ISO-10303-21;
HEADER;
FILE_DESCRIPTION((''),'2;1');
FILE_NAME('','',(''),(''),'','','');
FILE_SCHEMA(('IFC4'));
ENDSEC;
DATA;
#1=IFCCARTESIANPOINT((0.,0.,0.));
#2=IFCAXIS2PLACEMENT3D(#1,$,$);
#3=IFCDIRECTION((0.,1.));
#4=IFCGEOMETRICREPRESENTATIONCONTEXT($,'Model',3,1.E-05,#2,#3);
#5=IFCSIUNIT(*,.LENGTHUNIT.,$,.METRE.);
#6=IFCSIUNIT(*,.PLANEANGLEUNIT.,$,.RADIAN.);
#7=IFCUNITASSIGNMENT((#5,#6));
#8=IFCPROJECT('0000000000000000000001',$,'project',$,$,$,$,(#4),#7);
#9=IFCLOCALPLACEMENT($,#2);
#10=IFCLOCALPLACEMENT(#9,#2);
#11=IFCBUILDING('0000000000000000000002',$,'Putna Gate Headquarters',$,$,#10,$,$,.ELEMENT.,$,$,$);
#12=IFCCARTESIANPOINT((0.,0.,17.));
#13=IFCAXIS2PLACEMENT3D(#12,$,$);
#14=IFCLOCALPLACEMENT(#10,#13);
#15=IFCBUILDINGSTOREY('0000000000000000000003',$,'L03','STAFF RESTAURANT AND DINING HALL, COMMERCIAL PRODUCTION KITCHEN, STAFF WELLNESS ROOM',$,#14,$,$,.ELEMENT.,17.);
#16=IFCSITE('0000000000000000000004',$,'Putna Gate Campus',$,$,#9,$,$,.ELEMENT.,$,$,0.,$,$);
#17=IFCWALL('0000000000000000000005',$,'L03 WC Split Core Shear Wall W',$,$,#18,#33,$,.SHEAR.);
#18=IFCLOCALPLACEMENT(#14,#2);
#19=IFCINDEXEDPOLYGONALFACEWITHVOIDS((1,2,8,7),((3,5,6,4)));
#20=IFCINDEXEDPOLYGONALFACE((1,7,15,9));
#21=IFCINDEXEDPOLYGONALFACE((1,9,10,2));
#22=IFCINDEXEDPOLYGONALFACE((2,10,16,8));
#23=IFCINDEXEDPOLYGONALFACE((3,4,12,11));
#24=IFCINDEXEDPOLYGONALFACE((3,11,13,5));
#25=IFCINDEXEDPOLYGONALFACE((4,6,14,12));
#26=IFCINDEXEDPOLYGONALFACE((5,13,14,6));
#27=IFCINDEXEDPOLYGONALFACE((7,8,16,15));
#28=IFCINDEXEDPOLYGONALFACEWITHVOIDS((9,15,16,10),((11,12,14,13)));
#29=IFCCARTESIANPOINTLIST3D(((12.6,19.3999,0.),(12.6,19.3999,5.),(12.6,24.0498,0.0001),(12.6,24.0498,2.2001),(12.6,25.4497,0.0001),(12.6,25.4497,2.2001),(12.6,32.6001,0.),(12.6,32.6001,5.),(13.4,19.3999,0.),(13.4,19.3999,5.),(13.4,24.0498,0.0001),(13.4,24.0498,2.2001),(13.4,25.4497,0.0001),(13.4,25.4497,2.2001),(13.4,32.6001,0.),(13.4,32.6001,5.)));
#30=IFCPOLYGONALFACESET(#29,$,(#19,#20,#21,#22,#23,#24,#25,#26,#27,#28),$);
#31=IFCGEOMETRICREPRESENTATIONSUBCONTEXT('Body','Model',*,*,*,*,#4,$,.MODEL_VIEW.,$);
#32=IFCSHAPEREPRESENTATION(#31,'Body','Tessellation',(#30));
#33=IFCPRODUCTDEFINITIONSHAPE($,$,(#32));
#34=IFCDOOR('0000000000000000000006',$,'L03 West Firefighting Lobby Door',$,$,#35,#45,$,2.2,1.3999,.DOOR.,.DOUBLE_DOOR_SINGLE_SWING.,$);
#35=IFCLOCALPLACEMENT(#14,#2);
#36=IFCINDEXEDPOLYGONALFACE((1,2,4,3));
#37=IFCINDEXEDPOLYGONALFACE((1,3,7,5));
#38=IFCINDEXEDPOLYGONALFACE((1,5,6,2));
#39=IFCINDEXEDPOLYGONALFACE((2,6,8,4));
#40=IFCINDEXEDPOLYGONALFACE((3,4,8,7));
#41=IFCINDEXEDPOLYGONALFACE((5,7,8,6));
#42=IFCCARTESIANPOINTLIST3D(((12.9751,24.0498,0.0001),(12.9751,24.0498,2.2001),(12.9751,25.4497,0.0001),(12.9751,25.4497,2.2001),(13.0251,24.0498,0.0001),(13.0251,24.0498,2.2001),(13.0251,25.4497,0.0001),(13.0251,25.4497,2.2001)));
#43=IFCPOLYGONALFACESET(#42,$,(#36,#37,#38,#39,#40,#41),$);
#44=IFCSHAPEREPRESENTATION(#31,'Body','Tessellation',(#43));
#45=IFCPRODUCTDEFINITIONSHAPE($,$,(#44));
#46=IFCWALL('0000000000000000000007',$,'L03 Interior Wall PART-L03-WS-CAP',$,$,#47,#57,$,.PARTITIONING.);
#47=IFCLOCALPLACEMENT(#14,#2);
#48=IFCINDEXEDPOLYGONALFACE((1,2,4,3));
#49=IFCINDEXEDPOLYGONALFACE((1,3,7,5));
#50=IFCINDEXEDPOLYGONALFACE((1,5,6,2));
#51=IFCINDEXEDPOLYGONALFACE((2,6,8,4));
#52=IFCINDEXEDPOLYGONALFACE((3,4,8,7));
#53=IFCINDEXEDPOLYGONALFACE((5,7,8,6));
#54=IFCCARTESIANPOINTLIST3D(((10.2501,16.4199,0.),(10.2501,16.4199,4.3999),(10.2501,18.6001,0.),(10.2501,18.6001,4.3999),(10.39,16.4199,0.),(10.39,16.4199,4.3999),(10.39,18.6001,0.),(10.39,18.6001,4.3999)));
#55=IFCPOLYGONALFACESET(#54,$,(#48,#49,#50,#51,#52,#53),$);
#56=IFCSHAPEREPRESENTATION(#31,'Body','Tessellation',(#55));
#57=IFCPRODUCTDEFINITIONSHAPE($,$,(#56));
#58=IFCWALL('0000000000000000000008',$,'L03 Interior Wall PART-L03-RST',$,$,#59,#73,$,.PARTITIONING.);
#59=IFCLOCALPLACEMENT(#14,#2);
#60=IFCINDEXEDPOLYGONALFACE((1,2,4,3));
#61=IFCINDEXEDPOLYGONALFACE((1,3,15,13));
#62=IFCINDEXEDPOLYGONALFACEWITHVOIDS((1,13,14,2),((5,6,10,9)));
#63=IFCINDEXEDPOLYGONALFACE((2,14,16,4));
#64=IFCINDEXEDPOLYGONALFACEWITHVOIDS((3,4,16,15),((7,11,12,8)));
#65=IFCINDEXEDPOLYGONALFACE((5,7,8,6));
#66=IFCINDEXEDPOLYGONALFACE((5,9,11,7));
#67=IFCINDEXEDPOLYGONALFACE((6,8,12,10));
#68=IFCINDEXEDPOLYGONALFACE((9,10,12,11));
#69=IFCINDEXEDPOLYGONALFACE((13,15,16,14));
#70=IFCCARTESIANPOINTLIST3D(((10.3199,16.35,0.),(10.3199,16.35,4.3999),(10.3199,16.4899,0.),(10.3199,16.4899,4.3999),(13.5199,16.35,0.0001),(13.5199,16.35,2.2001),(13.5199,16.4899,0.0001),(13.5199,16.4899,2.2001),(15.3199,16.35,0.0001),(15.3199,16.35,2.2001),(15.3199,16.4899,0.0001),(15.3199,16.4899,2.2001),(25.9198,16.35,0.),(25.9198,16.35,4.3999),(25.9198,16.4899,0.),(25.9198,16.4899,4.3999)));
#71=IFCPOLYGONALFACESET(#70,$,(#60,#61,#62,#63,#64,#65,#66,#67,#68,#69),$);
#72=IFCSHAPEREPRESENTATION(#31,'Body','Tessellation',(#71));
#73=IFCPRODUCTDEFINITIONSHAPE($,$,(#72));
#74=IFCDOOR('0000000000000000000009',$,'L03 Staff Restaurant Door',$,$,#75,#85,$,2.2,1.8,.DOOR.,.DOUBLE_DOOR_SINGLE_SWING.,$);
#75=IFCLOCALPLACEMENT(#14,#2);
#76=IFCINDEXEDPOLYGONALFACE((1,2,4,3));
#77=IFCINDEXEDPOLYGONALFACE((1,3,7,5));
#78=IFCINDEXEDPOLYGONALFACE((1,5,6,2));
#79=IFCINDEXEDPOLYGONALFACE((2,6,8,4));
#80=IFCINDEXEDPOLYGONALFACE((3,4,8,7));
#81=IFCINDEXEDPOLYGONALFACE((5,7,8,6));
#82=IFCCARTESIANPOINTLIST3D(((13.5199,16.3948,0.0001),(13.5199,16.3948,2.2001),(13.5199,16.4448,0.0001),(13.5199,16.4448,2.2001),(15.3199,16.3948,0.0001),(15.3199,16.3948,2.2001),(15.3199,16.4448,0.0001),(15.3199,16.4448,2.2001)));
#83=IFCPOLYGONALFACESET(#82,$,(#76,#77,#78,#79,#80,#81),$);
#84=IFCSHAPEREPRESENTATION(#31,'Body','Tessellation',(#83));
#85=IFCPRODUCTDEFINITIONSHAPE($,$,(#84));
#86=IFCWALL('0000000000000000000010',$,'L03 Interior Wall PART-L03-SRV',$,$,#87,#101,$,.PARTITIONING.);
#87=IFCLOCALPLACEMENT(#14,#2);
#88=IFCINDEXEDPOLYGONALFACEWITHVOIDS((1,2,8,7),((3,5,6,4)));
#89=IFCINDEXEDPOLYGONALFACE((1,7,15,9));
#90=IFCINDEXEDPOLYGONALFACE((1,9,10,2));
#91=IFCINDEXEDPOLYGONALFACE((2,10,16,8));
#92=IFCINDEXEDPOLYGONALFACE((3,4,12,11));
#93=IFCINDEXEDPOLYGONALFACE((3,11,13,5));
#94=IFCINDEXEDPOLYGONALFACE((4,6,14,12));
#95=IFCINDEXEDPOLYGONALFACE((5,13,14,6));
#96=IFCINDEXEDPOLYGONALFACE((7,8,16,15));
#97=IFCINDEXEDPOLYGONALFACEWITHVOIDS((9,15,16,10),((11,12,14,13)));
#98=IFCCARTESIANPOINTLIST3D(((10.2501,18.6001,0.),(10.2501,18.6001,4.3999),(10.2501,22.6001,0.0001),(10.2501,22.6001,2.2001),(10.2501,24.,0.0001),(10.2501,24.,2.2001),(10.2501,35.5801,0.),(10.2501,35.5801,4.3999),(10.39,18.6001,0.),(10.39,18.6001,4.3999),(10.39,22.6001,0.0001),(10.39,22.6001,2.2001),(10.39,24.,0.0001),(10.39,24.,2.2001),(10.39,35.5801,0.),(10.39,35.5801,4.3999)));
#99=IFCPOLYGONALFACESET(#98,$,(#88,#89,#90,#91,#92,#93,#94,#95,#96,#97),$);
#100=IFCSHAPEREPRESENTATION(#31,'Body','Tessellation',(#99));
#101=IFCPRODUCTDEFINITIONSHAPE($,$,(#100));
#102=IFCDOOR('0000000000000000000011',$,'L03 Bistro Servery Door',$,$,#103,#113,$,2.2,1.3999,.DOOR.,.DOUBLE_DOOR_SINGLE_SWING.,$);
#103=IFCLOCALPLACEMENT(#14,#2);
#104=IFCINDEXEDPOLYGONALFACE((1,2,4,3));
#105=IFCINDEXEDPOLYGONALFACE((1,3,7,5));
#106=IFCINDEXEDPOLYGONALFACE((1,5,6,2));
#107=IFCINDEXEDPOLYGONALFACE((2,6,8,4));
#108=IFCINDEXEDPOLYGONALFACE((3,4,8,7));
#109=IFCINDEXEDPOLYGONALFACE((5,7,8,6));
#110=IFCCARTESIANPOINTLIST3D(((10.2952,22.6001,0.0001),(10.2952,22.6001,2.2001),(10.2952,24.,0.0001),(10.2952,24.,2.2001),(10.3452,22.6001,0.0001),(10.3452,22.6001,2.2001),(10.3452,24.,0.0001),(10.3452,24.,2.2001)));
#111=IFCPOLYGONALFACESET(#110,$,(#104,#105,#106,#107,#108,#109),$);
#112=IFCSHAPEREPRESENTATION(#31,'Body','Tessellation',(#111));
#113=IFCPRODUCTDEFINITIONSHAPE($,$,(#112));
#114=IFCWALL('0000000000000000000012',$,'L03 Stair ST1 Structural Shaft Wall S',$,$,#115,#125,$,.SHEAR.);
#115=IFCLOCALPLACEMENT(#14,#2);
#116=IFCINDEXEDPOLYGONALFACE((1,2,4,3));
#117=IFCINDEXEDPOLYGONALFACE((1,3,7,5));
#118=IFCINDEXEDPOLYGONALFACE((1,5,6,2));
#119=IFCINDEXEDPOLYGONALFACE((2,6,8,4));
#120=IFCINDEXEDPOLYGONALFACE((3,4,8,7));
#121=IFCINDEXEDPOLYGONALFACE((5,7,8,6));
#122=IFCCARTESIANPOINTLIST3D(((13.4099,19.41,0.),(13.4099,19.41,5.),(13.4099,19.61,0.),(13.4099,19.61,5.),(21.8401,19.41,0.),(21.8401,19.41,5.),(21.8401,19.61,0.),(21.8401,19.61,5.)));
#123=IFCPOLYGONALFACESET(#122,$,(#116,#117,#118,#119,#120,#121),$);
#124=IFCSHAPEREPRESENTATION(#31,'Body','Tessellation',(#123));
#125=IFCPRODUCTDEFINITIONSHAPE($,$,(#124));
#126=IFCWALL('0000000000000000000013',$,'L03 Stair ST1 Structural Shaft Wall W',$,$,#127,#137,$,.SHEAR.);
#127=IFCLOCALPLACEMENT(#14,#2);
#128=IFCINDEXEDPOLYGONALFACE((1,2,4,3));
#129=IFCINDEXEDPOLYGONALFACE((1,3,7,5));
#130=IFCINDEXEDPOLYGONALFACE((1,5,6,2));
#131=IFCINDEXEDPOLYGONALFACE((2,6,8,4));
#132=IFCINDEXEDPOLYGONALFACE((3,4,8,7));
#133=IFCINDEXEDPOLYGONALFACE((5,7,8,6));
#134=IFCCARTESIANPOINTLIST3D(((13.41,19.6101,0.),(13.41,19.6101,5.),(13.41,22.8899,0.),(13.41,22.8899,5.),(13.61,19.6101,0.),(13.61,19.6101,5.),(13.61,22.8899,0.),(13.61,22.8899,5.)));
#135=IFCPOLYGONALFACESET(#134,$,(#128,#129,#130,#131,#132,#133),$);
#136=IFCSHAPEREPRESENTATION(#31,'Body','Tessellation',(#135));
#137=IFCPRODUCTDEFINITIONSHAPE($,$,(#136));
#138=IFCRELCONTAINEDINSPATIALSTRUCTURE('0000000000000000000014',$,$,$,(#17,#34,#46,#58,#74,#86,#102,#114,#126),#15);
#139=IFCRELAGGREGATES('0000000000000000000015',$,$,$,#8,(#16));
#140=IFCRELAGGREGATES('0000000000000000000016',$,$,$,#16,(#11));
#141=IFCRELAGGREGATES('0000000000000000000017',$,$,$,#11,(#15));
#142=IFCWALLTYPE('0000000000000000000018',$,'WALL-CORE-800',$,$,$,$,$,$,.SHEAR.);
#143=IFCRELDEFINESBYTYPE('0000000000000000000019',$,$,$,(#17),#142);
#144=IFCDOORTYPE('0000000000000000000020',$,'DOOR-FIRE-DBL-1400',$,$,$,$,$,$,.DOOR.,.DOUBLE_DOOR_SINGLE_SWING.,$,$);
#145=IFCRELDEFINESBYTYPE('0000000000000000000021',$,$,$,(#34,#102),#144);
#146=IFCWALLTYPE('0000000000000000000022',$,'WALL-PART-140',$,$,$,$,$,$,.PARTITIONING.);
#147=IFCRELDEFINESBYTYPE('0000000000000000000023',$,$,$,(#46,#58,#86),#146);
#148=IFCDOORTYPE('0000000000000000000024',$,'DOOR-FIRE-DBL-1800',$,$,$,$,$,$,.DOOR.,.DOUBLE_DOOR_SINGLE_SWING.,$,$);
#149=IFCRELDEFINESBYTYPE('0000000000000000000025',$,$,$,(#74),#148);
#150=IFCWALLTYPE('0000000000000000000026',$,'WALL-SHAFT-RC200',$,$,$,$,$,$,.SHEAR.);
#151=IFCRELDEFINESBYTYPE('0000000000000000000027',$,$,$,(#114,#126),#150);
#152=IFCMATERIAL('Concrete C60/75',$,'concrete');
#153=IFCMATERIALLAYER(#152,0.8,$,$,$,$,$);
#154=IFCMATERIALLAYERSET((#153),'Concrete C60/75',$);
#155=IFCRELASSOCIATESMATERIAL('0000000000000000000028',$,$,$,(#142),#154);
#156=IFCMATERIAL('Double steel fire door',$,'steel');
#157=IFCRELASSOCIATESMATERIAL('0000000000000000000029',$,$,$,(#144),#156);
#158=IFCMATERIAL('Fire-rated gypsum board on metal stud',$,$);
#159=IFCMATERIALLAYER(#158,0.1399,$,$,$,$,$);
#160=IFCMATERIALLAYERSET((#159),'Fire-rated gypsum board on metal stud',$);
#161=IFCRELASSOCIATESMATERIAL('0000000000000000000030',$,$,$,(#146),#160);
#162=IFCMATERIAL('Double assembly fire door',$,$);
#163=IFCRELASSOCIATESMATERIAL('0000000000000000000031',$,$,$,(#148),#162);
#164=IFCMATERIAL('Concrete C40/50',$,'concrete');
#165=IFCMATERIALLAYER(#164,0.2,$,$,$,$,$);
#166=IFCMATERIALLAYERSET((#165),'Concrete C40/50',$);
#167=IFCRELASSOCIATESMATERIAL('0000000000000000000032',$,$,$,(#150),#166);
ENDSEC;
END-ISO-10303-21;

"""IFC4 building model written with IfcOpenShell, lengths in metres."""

from ifc_helpers import new_model, si_unit, direction, frame, frame_2d, origin, place, context, subcontext, project, spatial, rectangle, extrude, material, layer, layer_set, type_object, element, fill, save


model = new_model("IFC4")

# Units and contexts
model_context = context("Model", 3, precision=1e-05, world=origin(), true_north=direction((0.0, 1.0)))
body_context = subcontext(model_context, "Body", "Model", "MODEL_VIEW")
ifc_project = project(units=[si_unit("LENGTHUNIT", "METRE"), si_unit("PLANEANGLEUNIT", "RADIAN")], contexts=[model_context])

# Site, building, storey
site_placement = place(None, origin())
site = spatial("IfcSite", under=ifc_project, at=site_placement, Name="Putna Gate Campus", CompositionType="ELEMENT", RefElevation=0.0)
building_placement = place(site_placement, origin())
building = spatial("IfcBuilding", under=site, at=building_placement, Name="Putna Gate Headquarters", CompositionType="ELEMENT")
storey_placement = place(building_placement, frame((0.0, 0.0, 17.0)))
storey = spatial("IfcBuildingStorey", under=building, at=storey_placement, Name="L03", Description="STAFF RESTAURANT AND DINING HALL, COMMERCIAL PRODUCTION KITCHEN, STAFF WELLNESS ROOM", CompositionType="ELEMENT", Elevation=17.0)

# Shared definitions
ifc_material_1 = material(Name="Concrete C60/75", Category="concrete")

# Wall, opening, door
ifc_layer_1 = layer(ifc_material_1, 0.8)
ifc_layer_set_1 = layer_set([ifc_layer_1], Name="Concrete C60/75")
wall_type_1 = type_object("IfcWallType", Name="WALL-CORE-800", PredefinedType="SHEAR", material=ifc_layer_set_1)
ifc_material_2 = material(Name="Double steel fire door", Category="steel")
door_type_1 = type_object("IfcDoorType", Name="DOOR-FIRE-DBL-1400", OperationType="DOUBLE_DOOR_SINGLE_SWING", PredefinedType="DOOR", material=ifc_material_2)
wall_1_placement = place(storey_placement, frame((13.0, 19.3999, 0.0), z_axis=(0.0, 0.0, 1.0), x_axis=(0.0, 1.0, 0.0)))
wall_1 = element("IfcWall", 1, at=wall_1_placement, inside=storey, type_object=wall_type_1, Name="L03 WC Split Core Shear Wall W", PredefinedType="SHEAR", context=body_context, shape_type="SweptSolid", body=[
    extrude(rectangle(XDim=13.2002, YDim=0.8, at=frame_2d((6.6001, 0.0))), origin(), (0.0, 0.0, 1.0), 5.0),
])
opening_1_placement = place(wall_1_placement, frame((4.6499, 0.0, 0.0)))
opening_1 = element("IfcOpeningElement", 2, at=opening_1_placement, cuts=wall_1, PredefinedType="OPENING", context=body_context, shape_type="SweptSolid", body=[
    extrude(rectangle(XDim=1.3999, YDim=2.2, at=frame_2d((0.7, 1.1001))), frame((0.0, 0.4099, 0.0), z_axis=(0.0, -1.0, 0.0), x_axis=(1.0, 0.0, 0.0)), (0.0, 0.0, 1.0), 0.8201),
])
door_1_placement = place(opening_1_placement, origin())
door_1 = element("IfcDoor", 3, at=door_1_placement, inside=storey, type_object=door_type_1, Name="L03 West Firefighting Lobby Door", OperationType="DOUBLE_DOOR_SINGLE_SWING", OverallHeight=2.2, OverallWidth=1.3999, PredefinedType="DOOR", context=body_context, shape_type="SweptSolid", body=[
    extrude(rectangle(XDim=1.3999, YDim=2.2, at=frame_2d((0.7, 1.1001))), frame((0.0, 0.0249, 0.0), z_axis=(0.0, -1.0, 0.0), x_axis=(1.0, 0.0, 0.0)), (0.0, 0.0, 1.0), 0.05),
])
fill(opening_1, door_1)

# Wall
ifc_material_3 = material(Name="Fire-rated gypsum board on metal stud")
ifc_layer_2 = layer(ifc_material_3, 0.1399)
ifc_layer_set_2 = layer_set([ifc_layer_2], Name="Fire-rated gypsum board on metal stud")
wall_type_2 = type_object("IfcWallType", Name="WALL-PART-140", PredefinedType="PARTITIONING", material=ifc_layer_set_2)
wall_2_placement = place(storey_placement, frame((10.3201, 16.4199, 0.0), z_axis=(0.0, 0.0, 1.0), x_axis=(0.0, 1.0, 0.0)))
element("IfcWall", 4, at=wall_2_placement, inside=storey, type_object=wall_type_2, Name="L03 Interior Wall PART-L03-WS-CAP", PredefinedType="PARTITIONING", context=body_context, shape_type="SweptSolid", body=[
    extrude(rectangle(XDim=2.1802, YDim=0.1399, at=frame_2d((1.0901, 0.0))), origin(), (0.0, 0.0, 1.0), 4.3999),
])

# Walls, openings, doors
wall_3_placement = place(storey_placement, frame((10.3201, 16.4199, 0.0), z_axis=(0.0, 0.0, 1.0), x_axis=(1.0, 0.0, 0.0)))
wall_3 = element("IfcWall", 5, at=wall_3_placement, inside=storey, type_object=wall_type_2, Name="L03 Interior Wall PART-L03-RST", PredefinedType="PARTITIONING", context=body_context, shape_type="SweptSolid", body=[
    extrude(rectangle(XDim=15.5999, YDim=0.1399, at=frame_2d((7.7998, 0.0))), origin(), (0.0, 0.0, 1.0), 4.3999),
])
opening_2_placement = place(wall_3_placement, frame((3.2, 0.0, 0.0)))
opening_2 = element("IfcOpeningElement", 6, at=opening_2_placement, cuts=wall_3, PredefinedType="OPENING", context=body_context, shape_type="SweptSolid", body=[
    extrude(rectangle(XDim=1.8, YDim=2.2, at=frame_2d((0.8999, 1.1001))), frame((0.0, 0.0798, 0.0), z_axis=(0.0, -1.0, 0.0), x_axis=(1.0, 0.0, 0.0)), (0.0, 0.0, 1.0), 0.1599),
])
ifc_material_4 = material(Name="Double assembly fire door")
door_type_2 = type_object("IfcDoorType", Name="DOOR-FIRE-DBL-1800", OperationType="DOUBLE_DOOR_SINGLE_SWING", PredefinedType="DOOR", material=ifc_material_4)
door_2_placement = place(opening_2_placement, origin())
door_2 = element("IfcDoor", 7, at=door_2_placement, inside=storey, type_object=door_type_2, Name="L03 Staff Restaurant Door", OperationType="DOUBLE_DOOR_SINGLE_SWING", OverallHeight=2.2, OverallWidth=1.8, PredefinedType="DOOR", context=body_context, shape_type="SweptSolid", body=[
    extrude(rectangle(XDim=1.8, YDim=2.2, at=frame_2d((0.8999, 1.1001))), frame((0.0, 0.0249, 0.0), z_axis=(0.0, -1.0, 0.0), x_axis=(1.0, 0.0, 0.0)), (0.0, 0.0, 1.0), 0.05),
])
fill(opening_2, door_2)
wall_4_placement = place(storey_placement, frame((10.3201, 18.6001, 0.0), z_axis=(0.0, 0.0, 1.0), x_axis=(0.0, 1.0, 0.0)))
wall_4 = element("IfcWall", 8, at=wall_4_placement, inside=storey, type_object=wall_type_2, Name="L03 Interior Wall PART-L03-SRV", PredefinedType="PARTITIONING", context=body_context, shape_type="SweptSolid", body=[
    extrude(rectangle(XDim=16.98, YDim=0.1399, at=frame_2d((8.49, 0.0))), origin(), (0.0, 0.0, 1.0), 4.3999),
])
opening_3_placement = place(wall_4_placement, frame((4.0, 0.0, 0.0)))
opening_3 = element("IfcOpeningElement", 9, at=opening_3_placement, cuts=wall_4, PredefinedType="OPENING", context=body_context, shape_type="SweptSolid", body=[
    extrude(rectangle(XDim=1.3999, YDim=2.2, at=frame_2d((0.7, 1.1001))), frame((0.0, 0.0798, 0.0), z_axis=(0.0, -1.0, 0.0), x_axis=(1.0, 0.0, 0.0)), (0.0, 0.0, 1.0), 0.1599),
])
door_3_placement = place(opening_3_placement, origin())
door_3 = element("IfcDoor", 10, at=door_3_placement, inside=storey, type_object=door_type_1, Name="L03 Bistro Servery Door", OperationType="DOUBLE_DOOR_SINGLE_SWING", OverallHeight=2.2, OverallWidth=1.3999, PredefinedType="DOOR", context=body_context, shape_type="SweptSolid", body=[
    extrude(rectangle(XDim=1.3999, YDim=2.2, at=frame_2d((0.7, 1.1001))), frame((0.0, 0.0249, 0.0), z_axis=(0.0, -1.0, 0.0), x_axis=(1.0, 0.0, 0.0)), (0.0, 0.0, 1.0), 0.05),
])
fill(opening_3, door_3)

# Walls
ifc_material_5 = material(Name="Concrete C40/50", Category="concrete")
ifc_layer_3 = layer(ifc_material_5, 0.2)
ifc_layer_set_3 = layer_set([ifc_layer_3], Name="Concrete C40/50")
wall_type_3 = type_object("IfcWallType", Name="WALL-SHAFT-RC200", PredefinedType="SHEAR", material=ifc_layer_set_3)
wall_5_placement = place(storey_placement, frame((13.4099, 19.51, 0.0), z_axis=(0.0, 0.0, 1.0), x_axis=(1.0, 0.0, 0.0)))
element("IfcWall", 11, at=wall_5_placement, inside=storey, type_object=wall_type_3, Name="L03 Stair ST1 Structural Shaft Wall S", PredefinedType="SHEAR", context=body_context, shape_type="SweptSolid", body=[
    extrude(rectangle(XDim=8.4302, YDim=0.2, at=frame_2d((4.2151, 0.0))), origin(), (0.0, 0.0, 1.0), 5.0),
])
wall_6_placement = place(storey_placement, frame((13.51, 19.6101, 0.0), z_axis=(0.0, 0.0, 1.0), x_axis=(0.0, 1.0, 0.0)))
element("IfcWall", 12, at=wall_6_placement, inside=storey, type_object=wall_type_3, Name="L03 Stair ST1 Structural Shaft Wall W", PredefinedType="SHEAR", context=body_context, shape_type="SweptSolid", body=[
    extrude(rectangle(XDim=3.2798, YDim=0.2, at=frame_2d((1.6399, 0.0))), origin(), (0.0, 0.0, 1.0), 5.0),
])

save(model, "model.ifc")
